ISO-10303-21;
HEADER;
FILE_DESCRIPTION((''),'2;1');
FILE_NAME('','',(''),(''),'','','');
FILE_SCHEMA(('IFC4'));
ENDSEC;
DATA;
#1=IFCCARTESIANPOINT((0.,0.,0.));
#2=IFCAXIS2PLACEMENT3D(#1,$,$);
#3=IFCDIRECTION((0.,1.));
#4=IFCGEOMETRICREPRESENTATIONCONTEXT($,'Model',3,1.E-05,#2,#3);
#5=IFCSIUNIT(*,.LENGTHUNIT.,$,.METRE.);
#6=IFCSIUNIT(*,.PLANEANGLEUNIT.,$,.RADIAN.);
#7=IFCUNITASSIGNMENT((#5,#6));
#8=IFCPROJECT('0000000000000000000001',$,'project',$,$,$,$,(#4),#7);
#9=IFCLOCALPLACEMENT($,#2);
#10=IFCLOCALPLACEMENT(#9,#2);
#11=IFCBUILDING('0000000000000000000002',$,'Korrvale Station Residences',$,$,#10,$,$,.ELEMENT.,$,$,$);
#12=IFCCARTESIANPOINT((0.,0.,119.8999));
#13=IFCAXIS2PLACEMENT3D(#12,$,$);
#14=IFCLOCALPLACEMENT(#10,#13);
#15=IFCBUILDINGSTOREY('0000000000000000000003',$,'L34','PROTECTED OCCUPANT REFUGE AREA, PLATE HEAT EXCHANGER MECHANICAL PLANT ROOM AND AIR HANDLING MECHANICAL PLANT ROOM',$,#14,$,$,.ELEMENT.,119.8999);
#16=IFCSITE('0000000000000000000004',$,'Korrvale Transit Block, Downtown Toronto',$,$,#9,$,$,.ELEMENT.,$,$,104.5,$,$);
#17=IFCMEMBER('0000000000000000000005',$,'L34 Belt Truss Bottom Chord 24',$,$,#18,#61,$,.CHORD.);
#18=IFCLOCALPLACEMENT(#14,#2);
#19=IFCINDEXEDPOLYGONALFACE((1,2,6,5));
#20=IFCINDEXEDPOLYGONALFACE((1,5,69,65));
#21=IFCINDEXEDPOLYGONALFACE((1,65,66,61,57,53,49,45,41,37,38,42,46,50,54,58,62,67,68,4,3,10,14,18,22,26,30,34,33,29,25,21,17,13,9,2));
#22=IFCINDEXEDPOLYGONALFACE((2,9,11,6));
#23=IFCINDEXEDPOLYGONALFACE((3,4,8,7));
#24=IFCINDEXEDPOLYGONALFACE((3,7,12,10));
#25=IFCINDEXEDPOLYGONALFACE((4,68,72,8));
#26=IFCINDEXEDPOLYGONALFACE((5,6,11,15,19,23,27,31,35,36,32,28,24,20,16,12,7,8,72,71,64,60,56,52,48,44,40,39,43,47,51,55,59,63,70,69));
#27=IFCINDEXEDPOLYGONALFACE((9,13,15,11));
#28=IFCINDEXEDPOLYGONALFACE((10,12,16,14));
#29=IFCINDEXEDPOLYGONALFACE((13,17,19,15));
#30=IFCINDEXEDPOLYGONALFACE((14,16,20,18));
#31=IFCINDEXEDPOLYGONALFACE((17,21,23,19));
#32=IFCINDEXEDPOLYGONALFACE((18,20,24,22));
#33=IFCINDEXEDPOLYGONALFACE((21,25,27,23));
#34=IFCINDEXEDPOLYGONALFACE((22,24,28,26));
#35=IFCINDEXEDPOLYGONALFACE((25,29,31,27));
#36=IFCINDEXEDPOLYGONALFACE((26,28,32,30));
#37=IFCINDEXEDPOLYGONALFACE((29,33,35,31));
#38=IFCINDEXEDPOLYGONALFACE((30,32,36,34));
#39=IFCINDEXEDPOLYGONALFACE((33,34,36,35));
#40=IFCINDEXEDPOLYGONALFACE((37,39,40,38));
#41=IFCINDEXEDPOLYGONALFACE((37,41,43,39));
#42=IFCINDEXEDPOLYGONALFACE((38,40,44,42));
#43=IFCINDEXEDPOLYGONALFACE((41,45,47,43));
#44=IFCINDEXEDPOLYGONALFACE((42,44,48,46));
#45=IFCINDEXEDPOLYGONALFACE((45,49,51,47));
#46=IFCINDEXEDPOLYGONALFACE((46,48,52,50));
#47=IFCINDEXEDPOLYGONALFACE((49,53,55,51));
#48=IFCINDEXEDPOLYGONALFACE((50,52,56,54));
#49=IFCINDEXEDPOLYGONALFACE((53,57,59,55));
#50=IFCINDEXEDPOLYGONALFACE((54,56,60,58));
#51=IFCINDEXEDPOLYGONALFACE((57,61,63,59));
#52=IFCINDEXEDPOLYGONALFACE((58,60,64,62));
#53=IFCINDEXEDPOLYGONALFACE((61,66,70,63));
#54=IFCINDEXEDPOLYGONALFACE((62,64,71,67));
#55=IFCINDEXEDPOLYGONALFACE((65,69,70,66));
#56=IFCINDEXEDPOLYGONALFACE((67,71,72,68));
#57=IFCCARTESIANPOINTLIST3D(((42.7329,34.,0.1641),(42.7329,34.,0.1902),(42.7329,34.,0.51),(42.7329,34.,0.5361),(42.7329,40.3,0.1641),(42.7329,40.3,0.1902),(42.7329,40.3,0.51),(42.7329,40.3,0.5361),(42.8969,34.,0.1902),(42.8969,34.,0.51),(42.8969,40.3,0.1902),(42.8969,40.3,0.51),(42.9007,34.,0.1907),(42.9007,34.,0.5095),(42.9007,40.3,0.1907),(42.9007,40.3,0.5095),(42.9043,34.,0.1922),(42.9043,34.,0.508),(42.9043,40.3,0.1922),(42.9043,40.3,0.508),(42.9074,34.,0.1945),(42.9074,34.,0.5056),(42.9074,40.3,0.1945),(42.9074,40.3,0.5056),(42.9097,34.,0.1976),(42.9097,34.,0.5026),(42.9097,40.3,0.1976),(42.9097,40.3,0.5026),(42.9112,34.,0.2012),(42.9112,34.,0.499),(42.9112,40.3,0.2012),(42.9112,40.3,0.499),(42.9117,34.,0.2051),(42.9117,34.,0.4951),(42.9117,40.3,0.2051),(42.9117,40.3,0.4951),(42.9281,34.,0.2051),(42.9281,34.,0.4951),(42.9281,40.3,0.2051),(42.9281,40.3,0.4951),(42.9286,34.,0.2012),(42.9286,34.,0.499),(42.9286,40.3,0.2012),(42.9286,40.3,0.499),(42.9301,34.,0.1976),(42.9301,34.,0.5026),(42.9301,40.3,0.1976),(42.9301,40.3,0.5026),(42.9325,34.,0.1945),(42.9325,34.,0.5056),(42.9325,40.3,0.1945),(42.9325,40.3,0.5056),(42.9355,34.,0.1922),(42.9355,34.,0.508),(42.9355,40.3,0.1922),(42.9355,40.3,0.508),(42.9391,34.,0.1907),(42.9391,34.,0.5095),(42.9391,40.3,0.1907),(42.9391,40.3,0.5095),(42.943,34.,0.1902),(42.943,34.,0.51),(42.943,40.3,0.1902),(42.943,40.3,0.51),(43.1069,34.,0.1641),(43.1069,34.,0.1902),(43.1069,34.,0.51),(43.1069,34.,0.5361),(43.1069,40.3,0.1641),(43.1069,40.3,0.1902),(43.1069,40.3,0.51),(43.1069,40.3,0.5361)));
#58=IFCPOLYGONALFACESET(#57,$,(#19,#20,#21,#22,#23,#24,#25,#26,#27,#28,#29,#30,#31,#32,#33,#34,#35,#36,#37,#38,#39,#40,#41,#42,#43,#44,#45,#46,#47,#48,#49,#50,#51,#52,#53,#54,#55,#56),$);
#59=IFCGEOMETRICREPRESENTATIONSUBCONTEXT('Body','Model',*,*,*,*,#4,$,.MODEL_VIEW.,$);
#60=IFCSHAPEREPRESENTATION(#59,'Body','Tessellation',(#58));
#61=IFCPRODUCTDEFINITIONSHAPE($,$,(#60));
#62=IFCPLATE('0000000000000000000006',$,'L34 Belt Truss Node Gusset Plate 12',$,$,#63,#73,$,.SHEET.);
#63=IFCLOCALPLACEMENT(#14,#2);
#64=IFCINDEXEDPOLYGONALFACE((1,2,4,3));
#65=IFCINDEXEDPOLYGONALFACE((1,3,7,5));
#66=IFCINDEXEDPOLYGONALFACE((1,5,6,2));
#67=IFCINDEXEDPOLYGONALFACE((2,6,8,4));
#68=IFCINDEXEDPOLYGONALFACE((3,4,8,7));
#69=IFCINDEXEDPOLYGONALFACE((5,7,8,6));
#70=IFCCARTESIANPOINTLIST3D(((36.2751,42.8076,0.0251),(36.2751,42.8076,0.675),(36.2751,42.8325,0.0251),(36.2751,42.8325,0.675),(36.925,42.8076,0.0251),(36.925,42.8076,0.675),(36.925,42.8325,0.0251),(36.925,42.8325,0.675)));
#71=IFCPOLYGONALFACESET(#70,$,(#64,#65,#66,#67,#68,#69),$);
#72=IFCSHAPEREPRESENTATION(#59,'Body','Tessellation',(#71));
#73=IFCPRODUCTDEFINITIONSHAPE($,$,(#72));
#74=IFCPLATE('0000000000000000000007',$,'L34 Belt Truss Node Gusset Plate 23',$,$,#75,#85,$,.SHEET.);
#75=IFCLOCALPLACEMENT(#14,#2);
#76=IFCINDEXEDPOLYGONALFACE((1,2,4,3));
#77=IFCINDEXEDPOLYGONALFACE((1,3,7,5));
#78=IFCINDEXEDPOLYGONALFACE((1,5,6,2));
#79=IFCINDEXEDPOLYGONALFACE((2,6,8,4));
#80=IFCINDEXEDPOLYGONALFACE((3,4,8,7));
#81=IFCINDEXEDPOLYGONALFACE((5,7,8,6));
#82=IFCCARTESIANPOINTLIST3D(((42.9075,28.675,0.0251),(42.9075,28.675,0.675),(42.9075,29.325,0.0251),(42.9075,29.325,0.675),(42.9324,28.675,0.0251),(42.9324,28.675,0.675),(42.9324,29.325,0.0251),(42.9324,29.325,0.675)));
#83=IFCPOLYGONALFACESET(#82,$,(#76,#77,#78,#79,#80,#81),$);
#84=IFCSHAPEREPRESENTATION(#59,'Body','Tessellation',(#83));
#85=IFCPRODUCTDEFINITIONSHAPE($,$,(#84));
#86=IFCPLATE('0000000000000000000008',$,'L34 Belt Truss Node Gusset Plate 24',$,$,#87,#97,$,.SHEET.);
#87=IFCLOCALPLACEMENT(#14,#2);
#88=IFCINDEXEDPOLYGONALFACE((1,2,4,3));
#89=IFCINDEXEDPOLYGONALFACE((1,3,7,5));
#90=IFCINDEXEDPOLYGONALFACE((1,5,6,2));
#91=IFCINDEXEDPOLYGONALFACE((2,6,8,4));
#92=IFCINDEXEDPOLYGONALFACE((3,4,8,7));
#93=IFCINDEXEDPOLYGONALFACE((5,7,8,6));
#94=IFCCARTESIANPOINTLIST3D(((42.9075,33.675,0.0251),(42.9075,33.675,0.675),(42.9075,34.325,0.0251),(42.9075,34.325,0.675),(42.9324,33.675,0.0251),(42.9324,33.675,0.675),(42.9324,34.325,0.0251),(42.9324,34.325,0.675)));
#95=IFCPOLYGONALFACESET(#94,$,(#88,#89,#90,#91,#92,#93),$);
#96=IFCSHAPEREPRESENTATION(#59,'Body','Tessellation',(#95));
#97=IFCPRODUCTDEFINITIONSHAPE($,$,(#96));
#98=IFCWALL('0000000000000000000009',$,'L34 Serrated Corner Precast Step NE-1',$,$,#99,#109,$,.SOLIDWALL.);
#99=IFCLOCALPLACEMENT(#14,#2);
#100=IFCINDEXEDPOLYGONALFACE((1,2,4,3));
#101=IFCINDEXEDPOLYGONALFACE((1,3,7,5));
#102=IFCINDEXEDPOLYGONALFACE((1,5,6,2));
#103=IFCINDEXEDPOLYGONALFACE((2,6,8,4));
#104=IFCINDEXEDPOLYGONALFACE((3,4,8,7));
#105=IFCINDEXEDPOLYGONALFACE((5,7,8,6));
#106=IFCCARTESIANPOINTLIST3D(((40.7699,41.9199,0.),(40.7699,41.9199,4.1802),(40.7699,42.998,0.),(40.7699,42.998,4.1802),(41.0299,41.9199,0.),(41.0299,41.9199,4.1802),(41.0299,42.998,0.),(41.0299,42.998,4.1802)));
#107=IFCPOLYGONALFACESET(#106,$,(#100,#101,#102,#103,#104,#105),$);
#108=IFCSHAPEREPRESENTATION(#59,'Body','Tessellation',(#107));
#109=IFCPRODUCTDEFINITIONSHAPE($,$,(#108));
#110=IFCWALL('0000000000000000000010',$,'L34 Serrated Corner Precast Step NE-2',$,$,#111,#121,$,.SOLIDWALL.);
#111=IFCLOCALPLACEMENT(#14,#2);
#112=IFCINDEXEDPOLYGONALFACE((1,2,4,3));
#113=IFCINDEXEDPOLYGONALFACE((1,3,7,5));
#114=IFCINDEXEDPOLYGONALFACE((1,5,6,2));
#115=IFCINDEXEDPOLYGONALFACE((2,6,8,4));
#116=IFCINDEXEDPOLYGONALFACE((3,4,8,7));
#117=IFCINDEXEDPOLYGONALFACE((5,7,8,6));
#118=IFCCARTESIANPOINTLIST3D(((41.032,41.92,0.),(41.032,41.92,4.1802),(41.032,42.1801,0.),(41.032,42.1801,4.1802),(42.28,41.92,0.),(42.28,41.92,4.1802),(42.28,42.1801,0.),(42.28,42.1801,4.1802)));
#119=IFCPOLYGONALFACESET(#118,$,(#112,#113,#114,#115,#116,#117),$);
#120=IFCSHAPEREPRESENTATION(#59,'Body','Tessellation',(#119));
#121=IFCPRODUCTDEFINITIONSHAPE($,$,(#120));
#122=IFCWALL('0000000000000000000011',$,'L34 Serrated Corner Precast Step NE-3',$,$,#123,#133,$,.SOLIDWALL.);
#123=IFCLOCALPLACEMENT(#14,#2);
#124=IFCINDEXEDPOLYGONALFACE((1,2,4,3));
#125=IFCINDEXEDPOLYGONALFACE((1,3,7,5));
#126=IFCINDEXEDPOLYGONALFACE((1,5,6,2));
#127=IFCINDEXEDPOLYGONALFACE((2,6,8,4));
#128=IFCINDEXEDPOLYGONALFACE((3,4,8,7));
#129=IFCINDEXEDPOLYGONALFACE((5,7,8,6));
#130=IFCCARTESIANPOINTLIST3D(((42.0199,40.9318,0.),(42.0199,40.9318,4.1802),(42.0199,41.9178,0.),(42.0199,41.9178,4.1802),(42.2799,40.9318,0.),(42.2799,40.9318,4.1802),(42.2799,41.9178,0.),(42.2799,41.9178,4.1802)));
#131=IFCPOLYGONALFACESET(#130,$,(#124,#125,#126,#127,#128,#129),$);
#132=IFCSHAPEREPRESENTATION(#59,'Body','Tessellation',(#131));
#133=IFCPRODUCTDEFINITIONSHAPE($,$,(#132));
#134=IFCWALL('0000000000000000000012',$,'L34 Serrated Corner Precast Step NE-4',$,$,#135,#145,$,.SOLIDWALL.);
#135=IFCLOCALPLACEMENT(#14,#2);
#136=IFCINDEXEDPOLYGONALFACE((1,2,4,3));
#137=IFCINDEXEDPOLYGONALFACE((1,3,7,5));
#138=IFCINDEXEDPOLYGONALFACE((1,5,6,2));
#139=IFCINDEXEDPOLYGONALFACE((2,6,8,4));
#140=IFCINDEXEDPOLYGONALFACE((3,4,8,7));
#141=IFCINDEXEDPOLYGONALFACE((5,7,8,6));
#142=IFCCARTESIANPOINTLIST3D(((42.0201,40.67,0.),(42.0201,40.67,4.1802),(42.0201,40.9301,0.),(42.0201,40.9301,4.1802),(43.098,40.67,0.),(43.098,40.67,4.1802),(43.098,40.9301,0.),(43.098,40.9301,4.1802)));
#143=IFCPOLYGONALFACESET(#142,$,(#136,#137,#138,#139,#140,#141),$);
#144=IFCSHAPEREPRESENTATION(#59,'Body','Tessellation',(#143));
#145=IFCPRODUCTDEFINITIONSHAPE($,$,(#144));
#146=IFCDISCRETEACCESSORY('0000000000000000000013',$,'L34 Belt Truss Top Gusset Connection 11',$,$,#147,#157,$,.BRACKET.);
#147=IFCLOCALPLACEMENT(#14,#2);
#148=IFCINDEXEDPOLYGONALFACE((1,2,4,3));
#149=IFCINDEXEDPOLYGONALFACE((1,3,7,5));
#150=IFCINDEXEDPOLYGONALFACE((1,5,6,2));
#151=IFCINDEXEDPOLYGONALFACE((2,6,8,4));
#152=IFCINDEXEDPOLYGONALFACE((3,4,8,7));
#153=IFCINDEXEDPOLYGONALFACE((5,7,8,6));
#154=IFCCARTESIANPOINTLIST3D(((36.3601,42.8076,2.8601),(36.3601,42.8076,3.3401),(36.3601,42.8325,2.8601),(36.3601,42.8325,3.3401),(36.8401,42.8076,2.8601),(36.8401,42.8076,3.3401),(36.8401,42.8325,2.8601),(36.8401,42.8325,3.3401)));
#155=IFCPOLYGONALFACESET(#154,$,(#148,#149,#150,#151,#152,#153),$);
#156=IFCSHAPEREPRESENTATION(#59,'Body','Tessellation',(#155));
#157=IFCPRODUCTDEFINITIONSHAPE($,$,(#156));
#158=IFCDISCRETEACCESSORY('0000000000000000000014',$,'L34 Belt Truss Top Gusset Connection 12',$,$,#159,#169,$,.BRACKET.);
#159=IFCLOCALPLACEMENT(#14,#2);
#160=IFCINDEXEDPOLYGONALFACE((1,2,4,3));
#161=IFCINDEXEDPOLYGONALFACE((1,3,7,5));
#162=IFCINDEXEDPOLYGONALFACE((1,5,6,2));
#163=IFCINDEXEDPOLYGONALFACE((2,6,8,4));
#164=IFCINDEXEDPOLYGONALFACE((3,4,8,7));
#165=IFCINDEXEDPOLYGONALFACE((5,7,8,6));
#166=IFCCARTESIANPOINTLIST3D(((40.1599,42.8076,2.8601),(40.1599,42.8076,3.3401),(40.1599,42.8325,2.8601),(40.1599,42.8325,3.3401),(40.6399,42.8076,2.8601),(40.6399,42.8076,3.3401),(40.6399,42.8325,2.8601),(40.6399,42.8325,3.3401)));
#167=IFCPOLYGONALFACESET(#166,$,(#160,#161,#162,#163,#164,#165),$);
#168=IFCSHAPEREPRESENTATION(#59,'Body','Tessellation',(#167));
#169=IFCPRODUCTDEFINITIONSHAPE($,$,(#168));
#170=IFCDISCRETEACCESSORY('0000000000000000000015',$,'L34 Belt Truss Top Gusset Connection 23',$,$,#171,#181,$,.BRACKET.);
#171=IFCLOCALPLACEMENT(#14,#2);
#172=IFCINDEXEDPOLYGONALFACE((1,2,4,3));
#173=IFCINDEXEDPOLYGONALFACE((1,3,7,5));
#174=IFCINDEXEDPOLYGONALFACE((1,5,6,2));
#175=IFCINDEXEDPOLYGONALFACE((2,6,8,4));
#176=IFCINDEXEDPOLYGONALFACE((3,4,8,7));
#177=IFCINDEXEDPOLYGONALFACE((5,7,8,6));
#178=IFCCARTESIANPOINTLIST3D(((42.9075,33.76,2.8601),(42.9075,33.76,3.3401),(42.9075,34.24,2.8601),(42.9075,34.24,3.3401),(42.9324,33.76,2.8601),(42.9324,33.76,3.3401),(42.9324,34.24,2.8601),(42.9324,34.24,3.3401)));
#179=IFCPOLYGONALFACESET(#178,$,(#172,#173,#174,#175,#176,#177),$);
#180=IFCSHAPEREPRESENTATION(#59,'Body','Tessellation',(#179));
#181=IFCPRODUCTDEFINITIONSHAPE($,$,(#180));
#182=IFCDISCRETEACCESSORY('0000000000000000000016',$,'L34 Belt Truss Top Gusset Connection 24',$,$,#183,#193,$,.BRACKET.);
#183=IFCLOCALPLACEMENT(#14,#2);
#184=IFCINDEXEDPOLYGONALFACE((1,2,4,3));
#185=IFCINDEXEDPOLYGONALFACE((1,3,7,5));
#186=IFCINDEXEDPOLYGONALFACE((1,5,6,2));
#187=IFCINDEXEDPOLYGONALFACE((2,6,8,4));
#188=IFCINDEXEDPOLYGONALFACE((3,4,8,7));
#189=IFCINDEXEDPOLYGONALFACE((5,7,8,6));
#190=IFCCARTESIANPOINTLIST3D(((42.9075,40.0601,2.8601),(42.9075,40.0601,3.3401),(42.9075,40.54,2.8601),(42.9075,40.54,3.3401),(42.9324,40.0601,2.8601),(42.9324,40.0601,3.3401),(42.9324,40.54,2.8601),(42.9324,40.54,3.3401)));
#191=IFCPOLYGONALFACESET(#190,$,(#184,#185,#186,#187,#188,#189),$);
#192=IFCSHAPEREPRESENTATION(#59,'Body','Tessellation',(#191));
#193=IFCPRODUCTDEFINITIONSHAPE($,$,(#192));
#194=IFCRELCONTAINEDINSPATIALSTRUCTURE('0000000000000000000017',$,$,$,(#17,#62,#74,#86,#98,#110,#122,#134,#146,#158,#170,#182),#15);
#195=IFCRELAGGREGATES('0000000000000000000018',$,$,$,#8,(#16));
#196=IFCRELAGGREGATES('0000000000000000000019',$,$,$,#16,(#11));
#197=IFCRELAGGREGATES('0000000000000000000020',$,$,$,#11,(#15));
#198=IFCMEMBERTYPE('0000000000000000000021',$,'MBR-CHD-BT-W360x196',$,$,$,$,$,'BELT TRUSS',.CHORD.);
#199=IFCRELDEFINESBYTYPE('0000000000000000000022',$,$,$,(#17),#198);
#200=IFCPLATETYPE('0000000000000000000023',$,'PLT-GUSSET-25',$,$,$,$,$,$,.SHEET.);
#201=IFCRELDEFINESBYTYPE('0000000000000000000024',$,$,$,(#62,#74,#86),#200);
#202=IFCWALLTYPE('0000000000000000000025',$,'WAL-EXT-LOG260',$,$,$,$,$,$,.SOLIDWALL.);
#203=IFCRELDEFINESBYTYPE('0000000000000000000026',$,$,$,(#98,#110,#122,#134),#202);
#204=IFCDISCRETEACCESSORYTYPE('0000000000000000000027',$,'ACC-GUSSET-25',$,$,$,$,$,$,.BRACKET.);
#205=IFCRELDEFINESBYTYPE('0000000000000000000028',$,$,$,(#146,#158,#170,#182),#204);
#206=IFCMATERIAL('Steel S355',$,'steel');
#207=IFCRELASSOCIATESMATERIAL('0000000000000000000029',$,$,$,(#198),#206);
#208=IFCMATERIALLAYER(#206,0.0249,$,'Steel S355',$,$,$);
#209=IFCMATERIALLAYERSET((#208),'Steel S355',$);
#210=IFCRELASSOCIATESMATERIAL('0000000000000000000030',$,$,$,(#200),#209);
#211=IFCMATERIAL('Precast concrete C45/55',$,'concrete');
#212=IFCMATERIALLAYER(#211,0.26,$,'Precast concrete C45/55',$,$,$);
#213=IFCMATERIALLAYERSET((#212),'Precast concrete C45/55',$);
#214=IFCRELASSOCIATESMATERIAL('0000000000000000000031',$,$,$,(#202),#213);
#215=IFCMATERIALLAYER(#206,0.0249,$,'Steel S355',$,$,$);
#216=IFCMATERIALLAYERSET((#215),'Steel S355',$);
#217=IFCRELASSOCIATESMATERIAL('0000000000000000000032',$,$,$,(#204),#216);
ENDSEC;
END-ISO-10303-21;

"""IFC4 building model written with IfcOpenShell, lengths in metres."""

from ifc_helpers import new_model, si_unit, direction, frame, frame_2d, origin, origin_2d, place, context, subcontext, project, spatial, rectangle, i_section, extrude, material, layer, layer_set, material_profile, profile_set, type_object, element, save


model = new_model("IFC4")

# Units and contexts
model_context = context("Model", 3, precision=1e-05, world=origin(), true_north=direction((0.0, 1.0)))
body_context = subcontext(model_context, "Body", "Model", "MODEL_VIEW")
ifc_project = project(units=[si_unit("LENGTHUNIT", "METRE"), si_unit("PLANEANGLEUNIT", "RADIAN")], contexts=[model_context])

# Site, building, storey
site_placement = place(None, origin())
site = spatial("IfcSite", under=ifc_project, at=site_placement, Name="Korrvale Transit Block, Downtown Toronto", CompositionType="ELEMENT", RefElevation=104.5)
building_placement = place(site_placement, origin())
building = spatial("IfcBuilding", under=site, at=building_placement, Name="Korrvale Station Residences", CompositionType="ELEMENT")
storey_placement = place(building_placement, frame((0.0, 0.0, 119.8999)))
storey = spatial("IfcBuildingStorey", under=building, at=storey_placement, Name="L34", Description="PROTECTED OCCUPANT REFUGE AREA, PLATE HEAT EXCHANGER MECHANICAL PLANT ROOM AND AIR HANDLING MECHANICAL PLANT ROOM", CompositionType="ELEMENT", Elevation=119.8999)

# Member
ifc_material_1 = material(Name="Steel S355", Category="steel")
ifc_material_profile_1 = material_profile(ifc_material_1, i_section(OverallWidth=0.374, OverallDepth=0.3721, WebThickness=0.0164, FlangeThickness=0.0261, FilletRadius=0.0149, at=origin_2d()), Name="W360x196")
ifc_profile_set_1 = profile_set([ifc_material_profile_1], Name="Steel S355")
member_type_1 = type_object("IfcMemberType", Name="MBR-CHD-BT-W360x196", ElementType="BELT TRUSS", PredefinedType="CHORD", material=ifc_profile_set_1)
member_1_placement = place(storey_placement, frame((42.9199, 34.0, 0.3501), z_axis=(0.0, 1.0, 0.0), x_axis=(-1.0, 0.0, 0.0)))
element("IfcMember", 1, at=member_1_placement, inside=storey, type_object=member_type_1, Name="L34 Belt Truss Bottom Chord 24", PredefinedType="CHORD", context=body_context, shape_type="SweptSolid", body=[
    extrude(i_section(OverallWidth=0.374, OverallDepth=0.3721, WebThickness=0.0164, FlangeThickness=0.0261, FilletRadius=0.0149, at=origin_2d()), origin(), (0.0, 0.0, 1.0), 6.3),
])

# Plates
ifc_layer_1 = layer(ifc_material_1, 0.0249, Name="Steel S355")
ifc_layer_set_1 = layer_set([ifc_layer_1], Name="Steel S355")
plate_type = type_object("IfcPlateType", Name="PLT-GUSSET-25", PredefinedType="SHEET", material=ifc_layer_set_1)
for number, where, z_axis, x_axis, name in (
    (2, (36.6001, 42.8201, 0.0251), (0.0, 0.0, 1.0), (1.0, 0.0, 0.0), "L34 Belt Truss Node Gusset Plate 12"),
    (3, (42.9199, 29.0, 0.0251), (0.0, 0.0, 1.0), (0.0, 1.0, 0.0), "L34 Belt Truss Node Gusset Plate 23"),
    (4, (42.9199, 34.0, 0.0251), (0.0, 0.0, 1.0), (0.0, 1.0, 0.0), "L34 Belt Truss Node Gusset Plate 24"),
):
    element("IfcPlate", number, at=place(storey_placement, frame(where, z_axis=z_axis, x_axis=x_axis)), inside=storey, type_object=plate_type, Name=name, PredefinedType="SHEET", context=body_context, shape_type="SweptSolid", body=[
        extrude(rectangle(XDim=0.6499, YDim=0.0249, at=origin_2d()), origin(), (0.0, 0.0, 1.0), 0.6499),
    ])

# Walls
ifc_material_2 = material(Name="Precast concrete C45/55", Category="concrete")
ifc_layer_2 = layer(ifc_material_2, 0.26, Name="Precast concrete C45/55")
ifc_layer_set_2 = layer_set([ifc_layer_2], Name="Precast concrete C45/55")
wall_type = type_object("IfcWallType", Name="WAL-EXT-LOG260", PredefinedType="SOLIDWALL", material=ifc_layer_set_2)
wall_1_placement = place(storey_placement, frame((40.8999, 42.998, 0.0), z_axis=(0.0, 0.0, 1.0), x_axis=(0.0, -1.0, 0.0)))
element("IfcWall", 5, at=wall_1_placement, inside=storey, type_object=wall_type, Name="L34 Serrated Corner Precast Step NE-1", PredefinedType="SOLIDWALL", context=body_context, shape_type="SweptSolid", body=[
    extrude(rectangle(XDim=1.0781, YDim=0.26, at=frame_2d((0.5391, 0.0))), origin(), (0.0, 0.0, 1.0), 4.1802),
])
wall_2_placement = place(storey_placement, frame((41.032, 42.05, 0.0), z_axis=(0.0, 0.0, 1.0), x_axis=(1.0, 0.0, 0.0)))
element("IfcWall", 6, at=wall_2_placement, inside=storey, type_object=wall_type, Name="L34 Serrated Corner Precast Step NE-2", PredefinedType="SOLIDWALL", context=body_context, shape_type="SweptSolid", body=[
    extrude(rectangle(XDim=1.248, YDim=0.26, at=frame_2d((0.624, 0.0))), origin(), (0.0, 0.0, 1.0), 4.1802),
])
wall_3_placement = place(storey_placement, frame((42.1499, 41.918, 0.0), z_axis=(0.0, 0.0, 1.0), x_axis=(0.0, -1.0, 0.0)))
element("IfcWall", 7, at=wall_3_placement, inside=storey, type_object=wall_type, Name="L34 Serrated Corner Precast Step NE-3", PredefinedType="SOLIDWALL", context=body_context, shape_type="SweptSolid", body=[
    extrude(rectangle(XDim=0.9861, YDim=0.26, at=frame_2d((0.4932, 0.0))), origin(), (0.0, 0.0, 1.0), 4.1802),
])
wall_4_placement = place(storey_placement, frame((42.02, 40.8, 0.0), z_axis=(0.0, 0.0, 1.0), x_axis=(1.0, 0.0, 0.0)))
element("IfcWall", 8, at=wall_4_placement, inside=storey, type_object=wall_type, Name="L34 Serrated Corner Precast Step NE-4", PredefinedType="SOLIDWALL", context=body_context, shape_type="SweptSolid", body=[
    extrude(rectangle(XDim=1.0779, YDim=0.26, at=frame_2d((0.5391, 0.0))), origin(), (0.0, 0.0, 1.0), 4.1802),
])

# Discrete accessories
ifc_layer_3 = layer(ifc_material_1, 0.0249, Name="Steel S355")
ifc_layer_set_3 = layer_set([ifc_layer_3], Name="Steel S355")
discrete_accessory_type = type_object("IfcDiscreteAccessoryType", Name="ACC-GUSSET-25", PredefinedType="BRACKET", material=ifc_layer_set_3)
for number, where, z_axis, x_axis, name in (
    (9, (36.6001, 42.8201, 2.8601), (0.0, 0.0, 1.0), (1.0, 0.0, 0.0), "L34 Belt Truss Top Gusset Connection 11"),
    (10, (40.3999, 42.8201, 2.8601), (0.0, 0.0, 1.0), (1.0, 0.0, 0.0), "L34 Belt Truss Top Gusset Connection 12"),
    (11, (42.9199, 34.0, 2.8601), (0.0, 0.0, 1.0), (0.0, 1.0, 0.0), "L34 Belt Truss Top Gusset Connection 23"),
    (12, (42.9199, 40.3, 2.8601), (0.0, 0.0, 1.0), (0.0, 1.0, 0.0), "L34 Belt Truss Top Gusset Connection 24"),
):
    element("IfcDiscreteAccessory", number, at=place(storey_placement, frame(where, z_axis=z_axis, x_axis=x_axis)), inside=storey, type_object=discrete_accessory_type, Name=name, PredefinedType="BRACKET", context=body_context, shape_type="SweptSolid", body=[
        extrude(rectangle(XDim=0.48, YDim=0.0249, at=origin_2d()), origin(), (0.0, 0.0, 1.0), 0.48),
    ])

save(model, "model.ifc")
